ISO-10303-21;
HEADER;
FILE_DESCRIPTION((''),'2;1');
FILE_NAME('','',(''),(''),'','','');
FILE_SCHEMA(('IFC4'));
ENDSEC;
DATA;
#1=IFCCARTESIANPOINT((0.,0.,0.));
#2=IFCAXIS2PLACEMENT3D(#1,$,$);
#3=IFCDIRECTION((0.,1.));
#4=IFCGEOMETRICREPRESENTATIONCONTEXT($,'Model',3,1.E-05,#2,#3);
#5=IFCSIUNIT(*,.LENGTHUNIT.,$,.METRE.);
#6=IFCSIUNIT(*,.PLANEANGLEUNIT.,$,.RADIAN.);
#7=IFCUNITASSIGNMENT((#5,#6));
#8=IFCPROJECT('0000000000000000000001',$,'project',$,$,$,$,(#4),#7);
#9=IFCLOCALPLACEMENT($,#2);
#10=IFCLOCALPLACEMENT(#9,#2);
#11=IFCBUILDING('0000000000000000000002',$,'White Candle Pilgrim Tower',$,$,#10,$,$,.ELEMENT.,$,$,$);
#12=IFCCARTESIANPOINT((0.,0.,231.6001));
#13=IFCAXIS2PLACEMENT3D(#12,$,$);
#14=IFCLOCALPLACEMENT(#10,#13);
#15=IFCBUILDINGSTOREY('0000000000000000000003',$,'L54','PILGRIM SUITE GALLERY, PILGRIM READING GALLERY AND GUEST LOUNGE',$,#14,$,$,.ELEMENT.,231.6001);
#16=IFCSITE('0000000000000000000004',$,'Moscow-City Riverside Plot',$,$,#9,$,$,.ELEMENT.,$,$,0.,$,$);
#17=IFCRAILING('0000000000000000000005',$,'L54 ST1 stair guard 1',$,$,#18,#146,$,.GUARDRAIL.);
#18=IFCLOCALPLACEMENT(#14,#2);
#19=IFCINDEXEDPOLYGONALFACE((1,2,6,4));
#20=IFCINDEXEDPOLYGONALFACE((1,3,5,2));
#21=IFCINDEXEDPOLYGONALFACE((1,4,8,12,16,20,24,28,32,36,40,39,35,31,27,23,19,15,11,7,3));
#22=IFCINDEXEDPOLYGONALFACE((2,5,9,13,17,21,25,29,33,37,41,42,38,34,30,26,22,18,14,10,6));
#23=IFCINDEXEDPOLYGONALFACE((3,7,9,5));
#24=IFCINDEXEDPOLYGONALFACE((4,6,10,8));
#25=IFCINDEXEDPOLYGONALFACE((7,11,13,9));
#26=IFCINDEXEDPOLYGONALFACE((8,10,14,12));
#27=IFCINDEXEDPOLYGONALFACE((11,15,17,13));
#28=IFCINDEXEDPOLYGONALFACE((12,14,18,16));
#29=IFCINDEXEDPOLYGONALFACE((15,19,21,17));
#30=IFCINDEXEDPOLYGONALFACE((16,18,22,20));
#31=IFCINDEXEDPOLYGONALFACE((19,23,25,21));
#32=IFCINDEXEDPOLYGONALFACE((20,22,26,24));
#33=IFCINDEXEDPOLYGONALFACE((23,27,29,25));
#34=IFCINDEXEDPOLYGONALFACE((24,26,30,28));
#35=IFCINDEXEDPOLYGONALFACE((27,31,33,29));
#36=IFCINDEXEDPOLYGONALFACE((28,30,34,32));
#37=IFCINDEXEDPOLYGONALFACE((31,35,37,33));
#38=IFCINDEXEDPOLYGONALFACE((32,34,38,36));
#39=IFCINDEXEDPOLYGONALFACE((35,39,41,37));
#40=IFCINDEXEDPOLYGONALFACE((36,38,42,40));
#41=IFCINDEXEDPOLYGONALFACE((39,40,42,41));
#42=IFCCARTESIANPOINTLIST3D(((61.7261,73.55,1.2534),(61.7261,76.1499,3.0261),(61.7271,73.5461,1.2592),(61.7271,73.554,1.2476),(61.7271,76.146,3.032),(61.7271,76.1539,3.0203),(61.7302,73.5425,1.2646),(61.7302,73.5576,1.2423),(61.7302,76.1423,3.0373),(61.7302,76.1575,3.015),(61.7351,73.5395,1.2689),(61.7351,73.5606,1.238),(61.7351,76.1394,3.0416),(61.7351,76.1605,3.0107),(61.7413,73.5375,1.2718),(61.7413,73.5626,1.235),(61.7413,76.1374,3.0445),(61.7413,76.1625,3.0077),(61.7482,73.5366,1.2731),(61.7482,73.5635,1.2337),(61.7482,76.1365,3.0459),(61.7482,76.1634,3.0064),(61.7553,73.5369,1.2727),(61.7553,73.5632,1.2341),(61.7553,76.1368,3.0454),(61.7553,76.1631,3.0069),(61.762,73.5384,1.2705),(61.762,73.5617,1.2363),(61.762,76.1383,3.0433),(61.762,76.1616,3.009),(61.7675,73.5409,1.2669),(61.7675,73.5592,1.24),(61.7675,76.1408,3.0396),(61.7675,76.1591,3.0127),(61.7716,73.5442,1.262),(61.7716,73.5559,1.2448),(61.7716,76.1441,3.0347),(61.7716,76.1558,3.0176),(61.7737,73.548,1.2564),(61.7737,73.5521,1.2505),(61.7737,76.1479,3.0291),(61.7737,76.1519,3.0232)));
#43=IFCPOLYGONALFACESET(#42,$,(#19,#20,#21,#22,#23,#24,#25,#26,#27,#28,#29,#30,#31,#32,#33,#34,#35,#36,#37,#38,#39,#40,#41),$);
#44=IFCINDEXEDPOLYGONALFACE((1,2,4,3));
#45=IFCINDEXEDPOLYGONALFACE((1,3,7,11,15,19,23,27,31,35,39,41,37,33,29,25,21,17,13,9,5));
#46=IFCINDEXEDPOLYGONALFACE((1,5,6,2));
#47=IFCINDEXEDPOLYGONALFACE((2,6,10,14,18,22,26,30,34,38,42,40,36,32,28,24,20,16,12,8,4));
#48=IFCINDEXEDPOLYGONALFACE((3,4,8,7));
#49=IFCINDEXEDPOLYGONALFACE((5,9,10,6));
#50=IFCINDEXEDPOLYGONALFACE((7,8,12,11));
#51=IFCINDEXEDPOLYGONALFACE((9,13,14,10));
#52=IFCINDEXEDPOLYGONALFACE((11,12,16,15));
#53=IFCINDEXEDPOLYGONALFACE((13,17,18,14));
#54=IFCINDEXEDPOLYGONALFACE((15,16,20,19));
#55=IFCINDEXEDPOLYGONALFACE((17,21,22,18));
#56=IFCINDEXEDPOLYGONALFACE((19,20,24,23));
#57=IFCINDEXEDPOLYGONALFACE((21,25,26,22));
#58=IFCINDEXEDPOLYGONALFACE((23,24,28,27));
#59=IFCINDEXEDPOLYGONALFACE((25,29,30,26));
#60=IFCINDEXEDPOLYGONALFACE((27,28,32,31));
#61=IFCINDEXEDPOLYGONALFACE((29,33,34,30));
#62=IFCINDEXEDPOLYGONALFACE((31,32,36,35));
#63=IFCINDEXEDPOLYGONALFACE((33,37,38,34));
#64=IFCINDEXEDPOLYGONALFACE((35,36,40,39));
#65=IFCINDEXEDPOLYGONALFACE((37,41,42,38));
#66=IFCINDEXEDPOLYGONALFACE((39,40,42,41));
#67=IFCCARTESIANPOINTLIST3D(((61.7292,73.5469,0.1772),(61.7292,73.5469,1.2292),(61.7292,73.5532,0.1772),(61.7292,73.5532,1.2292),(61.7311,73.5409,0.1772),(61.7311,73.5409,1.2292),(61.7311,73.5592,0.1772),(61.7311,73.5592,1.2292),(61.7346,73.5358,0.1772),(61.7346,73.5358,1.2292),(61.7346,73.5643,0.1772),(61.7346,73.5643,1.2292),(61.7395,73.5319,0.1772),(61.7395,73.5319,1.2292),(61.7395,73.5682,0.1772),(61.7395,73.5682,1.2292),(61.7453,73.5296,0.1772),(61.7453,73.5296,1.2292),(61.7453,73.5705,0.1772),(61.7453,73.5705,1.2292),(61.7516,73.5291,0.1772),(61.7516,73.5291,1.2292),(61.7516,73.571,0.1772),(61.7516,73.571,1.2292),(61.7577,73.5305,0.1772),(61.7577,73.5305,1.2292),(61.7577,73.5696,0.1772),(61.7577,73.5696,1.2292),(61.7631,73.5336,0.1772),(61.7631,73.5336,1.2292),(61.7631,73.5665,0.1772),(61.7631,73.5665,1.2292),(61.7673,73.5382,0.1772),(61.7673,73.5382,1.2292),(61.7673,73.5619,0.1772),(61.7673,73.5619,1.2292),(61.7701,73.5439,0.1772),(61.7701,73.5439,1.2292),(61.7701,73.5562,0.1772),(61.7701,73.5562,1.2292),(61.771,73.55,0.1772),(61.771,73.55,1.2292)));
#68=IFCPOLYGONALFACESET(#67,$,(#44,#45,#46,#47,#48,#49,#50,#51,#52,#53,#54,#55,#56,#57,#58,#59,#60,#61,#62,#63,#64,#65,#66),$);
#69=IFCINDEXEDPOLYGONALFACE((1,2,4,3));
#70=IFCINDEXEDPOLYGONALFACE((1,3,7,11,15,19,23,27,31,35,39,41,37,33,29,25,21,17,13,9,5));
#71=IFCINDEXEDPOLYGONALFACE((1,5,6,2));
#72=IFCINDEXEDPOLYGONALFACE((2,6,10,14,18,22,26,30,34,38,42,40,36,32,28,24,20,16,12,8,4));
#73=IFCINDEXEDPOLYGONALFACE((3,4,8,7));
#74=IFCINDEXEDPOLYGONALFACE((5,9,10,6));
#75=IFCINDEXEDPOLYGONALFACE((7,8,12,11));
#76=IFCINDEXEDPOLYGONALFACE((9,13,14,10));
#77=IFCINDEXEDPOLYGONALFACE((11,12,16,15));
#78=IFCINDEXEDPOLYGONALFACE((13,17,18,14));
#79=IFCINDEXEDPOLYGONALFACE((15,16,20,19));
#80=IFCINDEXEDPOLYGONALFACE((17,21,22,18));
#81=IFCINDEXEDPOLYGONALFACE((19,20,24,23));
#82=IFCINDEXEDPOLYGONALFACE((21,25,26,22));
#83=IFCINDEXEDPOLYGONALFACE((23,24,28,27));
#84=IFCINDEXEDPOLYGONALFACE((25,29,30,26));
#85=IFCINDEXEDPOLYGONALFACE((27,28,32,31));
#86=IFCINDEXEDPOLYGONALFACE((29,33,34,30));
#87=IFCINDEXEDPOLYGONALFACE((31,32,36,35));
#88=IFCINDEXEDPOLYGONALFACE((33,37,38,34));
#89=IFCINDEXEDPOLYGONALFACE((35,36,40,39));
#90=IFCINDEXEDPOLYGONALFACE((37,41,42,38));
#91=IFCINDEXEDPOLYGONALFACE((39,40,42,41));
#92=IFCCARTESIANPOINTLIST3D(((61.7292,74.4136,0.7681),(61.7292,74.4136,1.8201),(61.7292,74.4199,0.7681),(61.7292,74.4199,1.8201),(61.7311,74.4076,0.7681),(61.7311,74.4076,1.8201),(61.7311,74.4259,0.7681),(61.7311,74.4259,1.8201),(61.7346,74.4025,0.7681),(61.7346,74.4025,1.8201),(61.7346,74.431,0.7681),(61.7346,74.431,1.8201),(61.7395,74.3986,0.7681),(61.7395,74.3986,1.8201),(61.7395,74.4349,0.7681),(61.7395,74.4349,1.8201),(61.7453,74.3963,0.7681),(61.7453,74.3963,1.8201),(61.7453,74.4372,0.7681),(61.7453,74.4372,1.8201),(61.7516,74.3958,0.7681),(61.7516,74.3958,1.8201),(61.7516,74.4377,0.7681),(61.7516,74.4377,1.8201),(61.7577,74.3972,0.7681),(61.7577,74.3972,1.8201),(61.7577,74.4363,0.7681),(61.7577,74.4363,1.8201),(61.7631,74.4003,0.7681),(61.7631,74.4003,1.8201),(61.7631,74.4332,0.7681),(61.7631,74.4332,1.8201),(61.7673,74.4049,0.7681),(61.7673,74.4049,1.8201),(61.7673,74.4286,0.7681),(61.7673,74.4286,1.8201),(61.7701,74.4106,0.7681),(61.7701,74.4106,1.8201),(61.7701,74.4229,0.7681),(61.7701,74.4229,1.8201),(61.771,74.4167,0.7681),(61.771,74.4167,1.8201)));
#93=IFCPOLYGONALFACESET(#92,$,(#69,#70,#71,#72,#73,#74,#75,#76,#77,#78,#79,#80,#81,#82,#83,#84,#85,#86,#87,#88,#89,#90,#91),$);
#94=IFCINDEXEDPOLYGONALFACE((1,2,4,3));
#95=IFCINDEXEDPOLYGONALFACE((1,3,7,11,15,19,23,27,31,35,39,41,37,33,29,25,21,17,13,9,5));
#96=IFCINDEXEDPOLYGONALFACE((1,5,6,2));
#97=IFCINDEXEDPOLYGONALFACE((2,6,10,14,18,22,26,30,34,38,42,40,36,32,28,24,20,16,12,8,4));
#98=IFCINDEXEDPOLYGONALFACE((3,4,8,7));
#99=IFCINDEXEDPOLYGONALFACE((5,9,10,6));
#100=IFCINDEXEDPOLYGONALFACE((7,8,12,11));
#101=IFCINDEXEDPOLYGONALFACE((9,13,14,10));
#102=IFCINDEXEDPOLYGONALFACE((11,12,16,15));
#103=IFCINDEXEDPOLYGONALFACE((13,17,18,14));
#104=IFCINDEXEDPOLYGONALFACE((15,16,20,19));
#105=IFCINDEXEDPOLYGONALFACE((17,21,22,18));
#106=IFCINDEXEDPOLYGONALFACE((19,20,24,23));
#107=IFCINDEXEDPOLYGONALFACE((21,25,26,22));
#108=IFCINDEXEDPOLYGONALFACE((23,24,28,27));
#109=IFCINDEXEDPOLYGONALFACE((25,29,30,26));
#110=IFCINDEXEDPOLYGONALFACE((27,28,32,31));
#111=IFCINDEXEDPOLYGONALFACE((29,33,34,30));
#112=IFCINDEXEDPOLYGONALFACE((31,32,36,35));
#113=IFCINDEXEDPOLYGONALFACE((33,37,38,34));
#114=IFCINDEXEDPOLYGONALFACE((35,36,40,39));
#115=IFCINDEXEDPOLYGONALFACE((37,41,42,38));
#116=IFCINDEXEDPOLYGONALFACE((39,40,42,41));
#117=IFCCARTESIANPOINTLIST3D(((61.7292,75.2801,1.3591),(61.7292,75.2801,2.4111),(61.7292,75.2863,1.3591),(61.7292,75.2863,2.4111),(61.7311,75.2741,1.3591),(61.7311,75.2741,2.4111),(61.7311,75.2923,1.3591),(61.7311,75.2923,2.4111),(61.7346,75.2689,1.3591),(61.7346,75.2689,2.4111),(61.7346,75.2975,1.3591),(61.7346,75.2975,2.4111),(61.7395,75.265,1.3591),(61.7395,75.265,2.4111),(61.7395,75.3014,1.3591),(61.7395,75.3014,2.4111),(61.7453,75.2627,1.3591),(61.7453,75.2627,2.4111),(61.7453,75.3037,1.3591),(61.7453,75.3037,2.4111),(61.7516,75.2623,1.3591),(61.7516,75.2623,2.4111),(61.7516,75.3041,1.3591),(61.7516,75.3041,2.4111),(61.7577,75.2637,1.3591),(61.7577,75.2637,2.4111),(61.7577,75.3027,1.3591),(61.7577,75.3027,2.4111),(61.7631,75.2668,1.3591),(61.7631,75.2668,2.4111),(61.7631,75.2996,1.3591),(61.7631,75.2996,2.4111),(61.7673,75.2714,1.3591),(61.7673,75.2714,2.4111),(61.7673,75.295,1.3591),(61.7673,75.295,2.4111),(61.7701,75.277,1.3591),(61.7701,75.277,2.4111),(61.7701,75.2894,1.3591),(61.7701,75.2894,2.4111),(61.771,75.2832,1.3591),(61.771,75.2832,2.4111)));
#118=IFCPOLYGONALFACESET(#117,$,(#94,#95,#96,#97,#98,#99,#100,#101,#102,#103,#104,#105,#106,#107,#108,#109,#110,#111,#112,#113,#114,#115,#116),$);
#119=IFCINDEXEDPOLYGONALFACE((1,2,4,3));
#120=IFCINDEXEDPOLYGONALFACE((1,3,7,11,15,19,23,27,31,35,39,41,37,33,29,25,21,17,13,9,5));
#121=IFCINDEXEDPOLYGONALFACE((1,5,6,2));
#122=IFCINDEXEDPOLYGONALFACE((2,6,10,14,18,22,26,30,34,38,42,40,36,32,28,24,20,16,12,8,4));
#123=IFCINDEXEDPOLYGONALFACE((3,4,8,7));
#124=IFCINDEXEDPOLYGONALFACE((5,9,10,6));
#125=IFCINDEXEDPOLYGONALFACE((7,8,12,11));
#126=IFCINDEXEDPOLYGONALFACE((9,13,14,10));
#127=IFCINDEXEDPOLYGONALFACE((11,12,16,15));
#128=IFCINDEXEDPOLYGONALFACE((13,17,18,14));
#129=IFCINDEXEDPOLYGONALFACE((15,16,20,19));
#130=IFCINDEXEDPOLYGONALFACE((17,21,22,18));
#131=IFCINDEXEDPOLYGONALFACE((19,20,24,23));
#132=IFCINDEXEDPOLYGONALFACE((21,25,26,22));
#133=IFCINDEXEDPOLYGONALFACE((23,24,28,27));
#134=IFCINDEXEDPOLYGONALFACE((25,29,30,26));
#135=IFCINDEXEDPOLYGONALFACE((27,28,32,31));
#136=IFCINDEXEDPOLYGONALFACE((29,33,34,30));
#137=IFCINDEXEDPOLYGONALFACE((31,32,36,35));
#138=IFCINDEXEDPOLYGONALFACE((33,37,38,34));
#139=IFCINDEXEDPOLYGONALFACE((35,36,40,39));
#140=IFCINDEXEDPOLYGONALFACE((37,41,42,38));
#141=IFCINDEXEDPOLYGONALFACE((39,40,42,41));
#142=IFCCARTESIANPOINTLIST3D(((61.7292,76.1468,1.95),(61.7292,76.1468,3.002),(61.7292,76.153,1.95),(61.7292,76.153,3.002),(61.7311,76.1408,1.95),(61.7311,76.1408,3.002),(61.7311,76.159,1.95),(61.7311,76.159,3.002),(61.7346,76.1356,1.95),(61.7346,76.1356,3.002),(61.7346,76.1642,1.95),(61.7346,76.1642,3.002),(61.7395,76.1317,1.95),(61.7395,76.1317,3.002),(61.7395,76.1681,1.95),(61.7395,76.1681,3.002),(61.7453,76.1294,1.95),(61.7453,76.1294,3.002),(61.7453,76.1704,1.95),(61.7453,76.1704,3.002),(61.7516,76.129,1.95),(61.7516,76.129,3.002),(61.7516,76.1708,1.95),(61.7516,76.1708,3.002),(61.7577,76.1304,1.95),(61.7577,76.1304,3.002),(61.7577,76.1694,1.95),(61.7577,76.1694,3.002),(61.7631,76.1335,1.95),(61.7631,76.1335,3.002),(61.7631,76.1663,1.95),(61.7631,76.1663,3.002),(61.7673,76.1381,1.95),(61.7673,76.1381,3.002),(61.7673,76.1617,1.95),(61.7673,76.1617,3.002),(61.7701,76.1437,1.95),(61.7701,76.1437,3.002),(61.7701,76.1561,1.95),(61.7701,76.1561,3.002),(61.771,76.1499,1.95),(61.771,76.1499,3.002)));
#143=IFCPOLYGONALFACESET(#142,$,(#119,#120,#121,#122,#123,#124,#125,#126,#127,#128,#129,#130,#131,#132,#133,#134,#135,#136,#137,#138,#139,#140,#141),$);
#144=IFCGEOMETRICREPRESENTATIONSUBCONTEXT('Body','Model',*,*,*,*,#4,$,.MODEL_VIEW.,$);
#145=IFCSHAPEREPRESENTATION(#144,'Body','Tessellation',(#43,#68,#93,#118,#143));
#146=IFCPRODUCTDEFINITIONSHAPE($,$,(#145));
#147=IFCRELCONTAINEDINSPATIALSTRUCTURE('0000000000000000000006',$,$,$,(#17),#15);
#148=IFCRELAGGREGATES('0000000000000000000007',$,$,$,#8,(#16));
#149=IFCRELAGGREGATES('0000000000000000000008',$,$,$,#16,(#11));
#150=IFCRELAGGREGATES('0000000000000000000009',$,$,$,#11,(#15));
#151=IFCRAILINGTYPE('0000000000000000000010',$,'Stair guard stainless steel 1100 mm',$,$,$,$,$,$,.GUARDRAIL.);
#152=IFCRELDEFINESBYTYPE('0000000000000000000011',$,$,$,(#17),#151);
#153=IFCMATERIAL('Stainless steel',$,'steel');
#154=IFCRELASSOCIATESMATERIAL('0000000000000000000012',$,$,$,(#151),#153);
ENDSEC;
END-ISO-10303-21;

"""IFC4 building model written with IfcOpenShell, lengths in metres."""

from ifc_helpers import new_model, si_unit, direction, frame, origin, origin_2d, place, context, subcontext, project, spatial, circle, extrude, material, type_object, element, save


model = new_model("IFC4")

# Units and contexts
model_context = context("Model", 3, precision=1e-05, world=origin(), true_north=direction((0.0, 1.0)))
body_context = subcontext(model_context, "Body", "Model", "MODEL_VIEW")
ifc_project = project(units=[si_unit("LENGTHUNIT", "METRE"), si_unit("PLANEANGLEUNIT", "RADIAN")], contexts=[model_context])

# Site, building, storey
site_placement = place(None, origin())
site = spatial("IfcSite", under=ifc_project, at=site_placement, Name="Moscow-City Riverside Plot", CompositionType="ELEMENT", RefElevation=0.0)
building_placement = place(site_placement, origin())
building = spatial("IfcBuilding", under=site, at=building_placement, Name="White Candle Pilgrim Tower", CompositionType="ELEMENT")
storey_placement = place(building_placement, frame((0.0, 0.0, 231.6001)))
storey = spatial("IfcBuildingStorey", under=building, at=storey_placement, Name="L54", Description="PILGRIM SUITE GALLERY, PILGRIM READING GALLERY AND GUEST LOUNGE", CompositionType="ELEMENT", Elevation=231.6001)

# Railing
ifc_material_1 = material(Name="Stainless steel", Category="steel")
railing_type_1 = type_object("IfcRailingType", Name="Stair guard stainless steel 1100 mm", PredefinedType="GUARDRAIL", material=ifc_material_1)
railing_1_placement = place(storey_placement, frame((61.75, 73.55, 0.1772)))
element("IfcRailing", 1, at=railing_1_placement, inside=storey, type_object=railing_type_1, Name="L54 ST1 stair guard 1", PredefinedType="GUARDRAIL", context=body_context, shape_type="SweptSolid", body=[
    extrude(circle(Radius=0.0239, at=origin_2d()), frame((0.0, 0.0, 1.0762), z_axis=(0.0, 0.826216, 0.563354), x_axis=(-1.0, 0.0, 0.0)), (0.0, 0.0, 1.0), 3.1467),
    extrude(circle(Radius=0.021, at=origin_2d()), origin(), (0.0, 0.0, 1.0), 1.052),
    extrude(circle(Radius=0.021, at=origin_2d()), frame((0.0, 0.8667, 0.5908)), (0.0, 0.0, 1.0), 1.052),
    extrude(circle(Radius=0.021, at=origin_2d()), frame((0.0, 1.7332, 1.1819)), (0.0, 0.0, 1.0), 1.052),
    extrude(circle(Radius=0.021, at=origin_2d()), frame((0.0, 2.5999, 1.7727)), (0.0, 0.0, 1.0), 1.052),
])

save(model, "model.ifc")
